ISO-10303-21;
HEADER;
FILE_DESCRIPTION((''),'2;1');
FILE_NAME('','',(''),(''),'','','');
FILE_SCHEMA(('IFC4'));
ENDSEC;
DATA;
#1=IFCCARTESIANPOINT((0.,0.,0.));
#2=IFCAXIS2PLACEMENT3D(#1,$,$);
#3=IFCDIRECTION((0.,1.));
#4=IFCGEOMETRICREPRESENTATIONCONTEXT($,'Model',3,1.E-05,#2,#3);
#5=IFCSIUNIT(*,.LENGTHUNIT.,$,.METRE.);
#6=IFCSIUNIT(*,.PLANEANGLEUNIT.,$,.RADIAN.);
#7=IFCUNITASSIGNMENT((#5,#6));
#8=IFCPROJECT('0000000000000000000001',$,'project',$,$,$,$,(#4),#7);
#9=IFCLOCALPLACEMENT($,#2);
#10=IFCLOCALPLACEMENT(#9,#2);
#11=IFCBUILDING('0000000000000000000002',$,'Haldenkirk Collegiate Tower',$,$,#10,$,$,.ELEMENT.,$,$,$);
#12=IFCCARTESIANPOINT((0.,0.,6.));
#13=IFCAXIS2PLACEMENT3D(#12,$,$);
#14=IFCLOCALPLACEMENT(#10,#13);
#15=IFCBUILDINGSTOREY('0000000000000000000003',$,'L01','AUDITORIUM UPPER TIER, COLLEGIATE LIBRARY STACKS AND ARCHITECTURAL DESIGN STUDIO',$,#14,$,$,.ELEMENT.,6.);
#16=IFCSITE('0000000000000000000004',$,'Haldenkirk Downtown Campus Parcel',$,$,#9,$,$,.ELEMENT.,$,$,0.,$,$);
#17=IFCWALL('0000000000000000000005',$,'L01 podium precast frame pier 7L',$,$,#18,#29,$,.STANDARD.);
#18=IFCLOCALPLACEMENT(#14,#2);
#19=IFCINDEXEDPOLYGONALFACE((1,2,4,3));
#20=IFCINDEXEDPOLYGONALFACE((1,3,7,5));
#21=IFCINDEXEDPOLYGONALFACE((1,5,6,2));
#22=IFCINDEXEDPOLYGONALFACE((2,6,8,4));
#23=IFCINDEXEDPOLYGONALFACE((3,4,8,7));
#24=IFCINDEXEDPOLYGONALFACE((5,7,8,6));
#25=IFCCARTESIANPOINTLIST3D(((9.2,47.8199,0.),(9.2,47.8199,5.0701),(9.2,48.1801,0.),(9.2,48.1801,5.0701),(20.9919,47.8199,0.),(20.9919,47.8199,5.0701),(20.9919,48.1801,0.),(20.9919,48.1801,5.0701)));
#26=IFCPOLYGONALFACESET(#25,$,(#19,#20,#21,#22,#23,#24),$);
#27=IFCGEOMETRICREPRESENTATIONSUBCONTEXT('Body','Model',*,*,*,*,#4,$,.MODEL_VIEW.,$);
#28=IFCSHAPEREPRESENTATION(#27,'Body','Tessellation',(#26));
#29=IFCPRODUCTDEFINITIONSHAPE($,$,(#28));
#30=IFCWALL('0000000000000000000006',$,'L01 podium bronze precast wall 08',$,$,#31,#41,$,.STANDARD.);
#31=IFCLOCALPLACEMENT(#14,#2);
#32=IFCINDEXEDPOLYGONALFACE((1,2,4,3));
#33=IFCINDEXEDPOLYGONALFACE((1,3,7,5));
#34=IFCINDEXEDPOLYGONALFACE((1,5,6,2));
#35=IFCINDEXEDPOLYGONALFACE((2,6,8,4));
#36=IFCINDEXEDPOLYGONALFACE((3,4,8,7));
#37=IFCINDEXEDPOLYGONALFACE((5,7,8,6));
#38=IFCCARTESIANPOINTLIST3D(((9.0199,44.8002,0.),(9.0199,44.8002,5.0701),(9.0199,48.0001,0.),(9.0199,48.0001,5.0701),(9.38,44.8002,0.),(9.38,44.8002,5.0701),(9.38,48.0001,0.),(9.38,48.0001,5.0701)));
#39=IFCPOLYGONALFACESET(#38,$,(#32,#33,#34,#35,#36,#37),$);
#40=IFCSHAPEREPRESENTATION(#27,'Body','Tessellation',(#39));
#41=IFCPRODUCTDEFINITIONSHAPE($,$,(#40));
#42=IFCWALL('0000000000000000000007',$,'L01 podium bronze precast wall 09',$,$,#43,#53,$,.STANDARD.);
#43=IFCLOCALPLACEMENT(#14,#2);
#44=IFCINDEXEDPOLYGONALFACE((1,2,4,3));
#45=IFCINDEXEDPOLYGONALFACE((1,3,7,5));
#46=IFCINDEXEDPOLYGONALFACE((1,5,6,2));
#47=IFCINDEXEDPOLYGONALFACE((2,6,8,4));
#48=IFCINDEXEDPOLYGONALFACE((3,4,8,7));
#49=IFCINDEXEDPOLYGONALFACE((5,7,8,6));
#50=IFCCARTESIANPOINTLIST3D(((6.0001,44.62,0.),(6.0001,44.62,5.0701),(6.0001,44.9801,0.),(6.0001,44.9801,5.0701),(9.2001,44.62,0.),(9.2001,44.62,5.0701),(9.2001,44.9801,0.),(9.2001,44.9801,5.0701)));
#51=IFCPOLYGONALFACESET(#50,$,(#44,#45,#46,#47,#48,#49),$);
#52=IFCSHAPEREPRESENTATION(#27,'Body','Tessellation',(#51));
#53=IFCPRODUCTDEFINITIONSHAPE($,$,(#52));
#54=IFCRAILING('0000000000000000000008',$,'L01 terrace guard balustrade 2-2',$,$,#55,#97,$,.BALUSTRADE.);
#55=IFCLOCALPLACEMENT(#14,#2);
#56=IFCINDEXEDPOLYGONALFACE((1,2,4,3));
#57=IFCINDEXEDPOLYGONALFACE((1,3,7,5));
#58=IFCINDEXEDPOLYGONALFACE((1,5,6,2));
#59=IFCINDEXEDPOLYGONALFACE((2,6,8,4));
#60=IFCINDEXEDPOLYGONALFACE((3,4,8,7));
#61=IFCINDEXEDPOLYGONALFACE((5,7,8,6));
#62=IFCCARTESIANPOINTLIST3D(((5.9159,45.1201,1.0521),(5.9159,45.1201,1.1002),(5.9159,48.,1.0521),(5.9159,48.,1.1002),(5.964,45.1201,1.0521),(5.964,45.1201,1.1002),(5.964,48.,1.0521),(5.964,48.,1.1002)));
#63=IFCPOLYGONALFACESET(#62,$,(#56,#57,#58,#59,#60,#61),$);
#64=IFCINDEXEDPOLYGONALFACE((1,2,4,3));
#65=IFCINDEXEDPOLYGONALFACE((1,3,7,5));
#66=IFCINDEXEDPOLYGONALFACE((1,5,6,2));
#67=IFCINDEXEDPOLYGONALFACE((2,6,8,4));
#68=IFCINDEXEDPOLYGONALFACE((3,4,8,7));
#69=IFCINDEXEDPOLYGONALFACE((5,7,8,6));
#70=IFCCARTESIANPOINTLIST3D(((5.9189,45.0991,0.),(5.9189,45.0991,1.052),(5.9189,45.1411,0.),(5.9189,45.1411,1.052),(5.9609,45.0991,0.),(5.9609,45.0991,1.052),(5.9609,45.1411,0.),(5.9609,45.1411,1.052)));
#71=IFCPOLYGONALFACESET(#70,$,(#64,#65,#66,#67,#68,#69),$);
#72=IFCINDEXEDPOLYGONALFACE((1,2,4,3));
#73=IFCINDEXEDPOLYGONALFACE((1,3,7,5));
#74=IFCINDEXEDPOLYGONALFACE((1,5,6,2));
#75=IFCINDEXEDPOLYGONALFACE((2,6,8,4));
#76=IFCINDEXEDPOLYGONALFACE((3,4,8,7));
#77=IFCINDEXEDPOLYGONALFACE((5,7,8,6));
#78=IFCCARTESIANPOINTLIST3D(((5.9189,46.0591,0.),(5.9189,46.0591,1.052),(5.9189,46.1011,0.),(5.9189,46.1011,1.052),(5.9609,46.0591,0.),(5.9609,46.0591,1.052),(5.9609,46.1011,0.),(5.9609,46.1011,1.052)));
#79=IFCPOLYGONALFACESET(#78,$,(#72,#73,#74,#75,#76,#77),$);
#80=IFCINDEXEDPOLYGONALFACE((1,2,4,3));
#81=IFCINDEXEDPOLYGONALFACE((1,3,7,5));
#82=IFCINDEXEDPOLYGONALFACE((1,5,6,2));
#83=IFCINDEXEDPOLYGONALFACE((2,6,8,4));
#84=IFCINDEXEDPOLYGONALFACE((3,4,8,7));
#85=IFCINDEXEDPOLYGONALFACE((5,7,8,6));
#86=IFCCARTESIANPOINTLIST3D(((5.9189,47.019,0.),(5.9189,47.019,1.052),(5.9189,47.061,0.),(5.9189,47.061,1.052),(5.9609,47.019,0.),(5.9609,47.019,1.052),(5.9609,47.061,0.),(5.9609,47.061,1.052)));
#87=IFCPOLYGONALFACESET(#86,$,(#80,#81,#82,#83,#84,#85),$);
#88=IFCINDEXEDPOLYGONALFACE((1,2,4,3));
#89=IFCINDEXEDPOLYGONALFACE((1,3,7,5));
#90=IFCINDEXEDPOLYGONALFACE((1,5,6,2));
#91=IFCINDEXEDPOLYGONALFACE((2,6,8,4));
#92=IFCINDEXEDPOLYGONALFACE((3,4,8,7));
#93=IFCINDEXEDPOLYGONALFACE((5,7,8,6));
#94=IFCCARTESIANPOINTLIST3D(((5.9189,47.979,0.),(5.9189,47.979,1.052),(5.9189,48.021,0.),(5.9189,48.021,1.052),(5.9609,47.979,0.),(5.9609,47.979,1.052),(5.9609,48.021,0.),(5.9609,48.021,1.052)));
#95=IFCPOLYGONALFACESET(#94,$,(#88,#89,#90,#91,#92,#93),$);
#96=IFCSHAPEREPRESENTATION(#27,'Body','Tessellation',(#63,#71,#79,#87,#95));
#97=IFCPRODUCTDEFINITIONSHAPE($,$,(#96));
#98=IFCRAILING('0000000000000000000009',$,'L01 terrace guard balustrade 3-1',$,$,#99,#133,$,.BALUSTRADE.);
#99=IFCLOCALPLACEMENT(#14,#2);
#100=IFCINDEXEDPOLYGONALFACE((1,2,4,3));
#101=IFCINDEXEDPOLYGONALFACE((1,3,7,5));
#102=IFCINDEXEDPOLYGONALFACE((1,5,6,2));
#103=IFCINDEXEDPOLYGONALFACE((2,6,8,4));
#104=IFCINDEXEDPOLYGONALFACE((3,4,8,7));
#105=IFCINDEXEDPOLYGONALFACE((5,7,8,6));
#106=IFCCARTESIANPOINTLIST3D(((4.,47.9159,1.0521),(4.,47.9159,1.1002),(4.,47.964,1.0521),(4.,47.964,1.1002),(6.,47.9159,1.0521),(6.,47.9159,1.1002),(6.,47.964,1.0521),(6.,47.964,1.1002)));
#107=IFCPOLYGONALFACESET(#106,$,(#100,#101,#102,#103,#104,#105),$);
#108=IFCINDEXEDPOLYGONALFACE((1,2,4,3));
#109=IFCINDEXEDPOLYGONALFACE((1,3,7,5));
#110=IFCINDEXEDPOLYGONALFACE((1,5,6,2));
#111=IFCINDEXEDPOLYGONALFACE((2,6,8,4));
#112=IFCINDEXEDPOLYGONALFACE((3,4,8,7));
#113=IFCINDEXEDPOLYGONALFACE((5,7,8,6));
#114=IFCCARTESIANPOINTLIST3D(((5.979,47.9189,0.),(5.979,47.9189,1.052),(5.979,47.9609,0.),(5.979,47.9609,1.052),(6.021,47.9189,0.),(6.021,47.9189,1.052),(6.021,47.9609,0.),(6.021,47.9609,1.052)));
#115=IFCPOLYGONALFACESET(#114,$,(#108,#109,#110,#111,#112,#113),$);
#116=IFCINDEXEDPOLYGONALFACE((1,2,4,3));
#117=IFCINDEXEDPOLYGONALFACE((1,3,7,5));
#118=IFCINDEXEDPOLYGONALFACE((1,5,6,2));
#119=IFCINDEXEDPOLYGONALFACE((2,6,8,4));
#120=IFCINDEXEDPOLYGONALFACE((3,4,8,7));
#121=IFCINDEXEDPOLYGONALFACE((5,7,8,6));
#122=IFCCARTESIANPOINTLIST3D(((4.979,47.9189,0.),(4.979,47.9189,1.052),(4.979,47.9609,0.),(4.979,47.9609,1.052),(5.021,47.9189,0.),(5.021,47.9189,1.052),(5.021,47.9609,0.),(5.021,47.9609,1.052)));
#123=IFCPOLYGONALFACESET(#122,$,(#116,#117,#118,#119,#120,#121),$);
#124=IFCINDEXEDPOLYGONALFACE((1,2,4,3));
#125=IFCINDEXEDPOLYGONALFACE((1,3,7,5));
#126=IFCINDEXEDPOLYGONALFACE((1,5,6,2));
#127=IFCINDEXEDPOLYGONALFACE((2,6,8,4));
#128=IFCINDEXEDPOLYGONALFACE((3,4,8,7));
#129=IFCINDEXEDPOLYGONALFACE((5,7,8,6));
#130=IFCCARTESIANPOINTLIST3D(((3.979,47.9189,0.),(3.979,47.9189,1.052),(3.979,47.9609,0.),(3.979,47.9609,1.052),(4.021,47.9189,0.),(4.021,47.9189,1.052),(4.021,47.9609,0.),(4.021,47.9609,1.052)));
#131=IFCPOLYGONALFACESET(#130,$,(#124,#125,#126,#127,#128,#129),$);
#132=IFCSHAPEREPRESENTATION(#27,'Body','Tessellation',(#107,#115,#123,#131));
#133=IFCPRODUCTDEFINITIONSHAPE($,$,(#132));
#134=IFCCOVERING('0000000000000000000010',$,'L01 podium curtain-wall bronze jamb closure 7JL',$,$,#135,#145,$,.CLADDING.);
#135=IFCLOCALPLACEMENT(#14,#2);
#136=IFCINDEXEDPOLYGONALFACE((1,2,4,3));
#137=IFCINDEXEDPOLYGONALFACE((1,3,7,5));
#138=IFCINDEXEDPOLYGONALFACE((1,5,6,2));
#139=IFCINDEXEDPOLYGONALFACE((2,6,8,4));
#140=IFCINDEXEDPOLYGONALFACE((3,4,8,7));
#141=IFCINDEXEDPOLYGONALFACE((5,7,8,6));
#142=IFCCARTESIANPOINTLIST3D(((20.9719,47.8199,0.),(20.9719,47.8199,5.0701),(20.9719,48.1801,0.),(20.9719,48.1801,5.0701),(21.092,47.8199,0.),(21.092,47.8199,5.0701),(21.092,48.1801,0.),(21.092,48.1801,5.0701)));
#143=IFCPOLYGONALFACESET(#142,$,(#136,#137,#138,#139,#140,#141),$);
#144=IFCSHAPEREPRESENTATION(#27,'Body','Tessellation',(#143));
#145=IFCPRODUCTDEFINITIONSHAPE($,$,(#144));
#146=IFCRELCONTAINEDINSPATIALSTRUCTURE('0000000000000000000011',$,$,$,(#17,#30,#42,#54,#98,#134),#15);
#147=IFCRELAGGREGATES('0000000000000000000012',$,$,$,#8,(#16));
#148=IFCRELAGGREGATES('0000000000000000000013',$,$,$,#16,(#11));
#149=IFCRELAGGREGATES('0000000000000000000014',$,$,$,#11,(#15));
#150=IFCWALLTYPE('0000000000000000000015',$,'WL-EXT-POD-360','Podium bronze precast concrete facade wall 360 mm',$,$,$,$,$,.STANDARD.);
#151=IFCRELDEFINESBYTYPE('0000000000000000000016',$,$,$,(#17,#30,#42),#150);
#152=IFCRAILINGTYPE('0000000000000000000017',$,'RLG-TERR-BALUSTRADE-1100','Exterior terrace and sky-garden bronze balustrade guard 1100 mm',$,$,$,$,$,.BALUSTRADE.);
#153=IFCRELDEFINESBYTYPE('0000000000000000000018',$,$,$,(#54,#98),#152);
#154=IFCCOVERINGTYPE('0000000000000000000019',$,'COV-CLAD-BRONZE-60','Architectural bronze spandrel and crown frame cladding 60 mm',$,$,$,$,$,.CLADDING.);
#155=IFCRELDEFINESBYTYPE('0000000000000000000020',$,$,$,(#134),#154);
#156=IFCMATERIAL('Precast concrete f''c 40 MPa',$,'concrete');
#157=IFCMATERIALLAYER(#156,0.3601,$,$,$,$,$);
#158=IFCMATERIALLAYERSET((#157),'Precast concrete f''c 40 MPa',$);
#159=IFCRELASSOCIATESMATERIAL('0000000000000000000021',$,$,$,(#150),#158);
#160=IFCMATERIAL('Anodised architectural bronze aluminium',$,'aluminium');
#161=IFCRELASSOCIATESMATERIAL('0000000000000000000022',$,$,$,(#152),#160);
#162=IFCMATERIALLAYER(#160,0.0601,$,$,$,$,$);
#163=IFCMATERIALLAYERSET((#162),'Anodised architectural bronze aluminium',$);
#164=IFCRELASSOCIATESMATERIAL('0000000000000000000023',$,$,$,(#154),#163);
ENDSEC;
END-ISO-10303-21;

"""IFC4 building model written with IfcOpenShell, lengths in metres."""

from ifc_helpers import new_model, si_unit, direction, frame, frame_2d, origin, origin_2d, place, context, subcontext, project, spatial, rectangle, extrude, source, transform, mapped, material, layer, layer_set, type_object, element, save


model = new_model("IFC4")

# Units and contexts
model_context = context("Model", 3, precision=1e-05, world=origin(), true_north=direction((0.0, 1.0)))
body_context = subcontext(model_context, "Body", "Model", "MODEL_VIEW")
ifc_project = project(units=[si_unit("LENGTHUNIT", "METRE"), si_unit("PLANEANGLEUNIT", "RADIAN")], contexts=[model_context])

# Site, building, storey
site_placement = place(None, origin())
site = spatial("IfcSite", under=ifc_project, at=site_placement, Name="Haldenkirk Downtown Campus Parcel", CompositionType="ELEMENT", RefElevation=0.0)
building_placement = place(site_placement, origin())
building = spatial("IfcBuilding", under=site, at=building_placement, Name="Haldenkirk Collegiate Tower", CompositionType="ELEMENT")
storey_placement = place(building_placement, frame((0.0, 0.0, 6.0)))
storey = spatial("IfcBuildingStorey", under=building, at=storey_placement, Name="L01", Description="AUDITORIUM UPPER TIER, COLLEGIATE LIBRARY STACKS AND ARCHITECTURAL DESIGN STUDIO", CompositionType="ELEMENT", Elevation=6.0)

# Shared definitions
ifc_material_1 = material(Name="Anodised architectural bronze aluminium", Category="aluminium")

# Walls
ifc_material_2 = material(Name="Precast concrete f'c 40 MPa", Category="concrete")
ifc_layer_1 = layer(ifc_material_2, 0.3601)
ifc_layer_set_1 = layer_set([ifc_layer_1], Name="Precast concrete f'c 40 MPa")
wall_type = type_object("IfcWallType", Name="WL-EXT-POD-360", Description="Podium bronze precast concrete facade wall 360 mm", PredefinedType="STANDARD", material=ifc_layer_set_1)
wall_placement = place(storey_placement, frame((9.2, 48.0, 0.0), z_axis=(0.0, 0.0, 1.0), x_axis=(1.0, 0.0, 0.0)))
element("IfcWall", 1, at=wall_placement, inside=storey, type_object=wall_type, Name="L01 podium precast frame pier 7L", PredefinedType="STANDARD", context=body_context, shape_type="SweptSolid", body=[
    extrude(rectangle(XDim=11.792, YDim=0.3601, at=frame_2d((5.896, 0.0))), origin(), (0.0, 0.0, 1.0), 5.0701),
])
for number, where, z_axis, x_axis, name in (
    (2, (9.2, 44.8, 0.0), (0.0, 0.0, 1.0), (0.0, 1.0, 0.0), "L01 podium bronze precast wall 08"),
    (3, (6.0, 44.8, 0.0), (0.0, 0.0, 1.0), (1.0, 0.0, 0.0), "L01 podium bronze precast wall 09"),
):
    element("IfcWall", number, at=place(storey_placement, frame(where, z_axis=z_axis, x_axis=x_axis)), inside=storey, type_object=wall_type, Name=name, PredefinedType="STANDARD", context=body_context, shape_type="SweptSolid", body=[
        extrude(rectangle(XDim=3.2, YDim=0.3601, at=frame_2d((1.6001, 0.0))), origin(), (0.0, 0.0, 1.0), 5.0701),
    ])

# Railings
railing_type = type_object("IfcRailingType", Name="RLG-TERR-BALUSTRADE-1100", Description="Exterior terrace and sky-garden bronze balustrade guard 1100 mm", PredefinedType="BALUSTRADE", material=ifc_material_1)
railing_1_placement = place(storey_placement, frame((5.9399, 45.1201, 0.0)))
element("IfcRailing", 4, at=railing_1_placement, inside=storey, type_object=railing_type, Name="L01 terrace guard balustrade 2-2", PredefinedType="BALUSTRADE", context=body_context, shape_type="SweptSolid", body=[
    extrude(rectangle(XDim=0.0481, YDim=0.0481, at=origin_2d()), frame((0.0, 0.0, 1.0762), z_axis=(0.0, 1.0, 0.0), x_axis=(-1.0, 0.0, 0.0)), (0.0, 0.0, 1.0), 2.8799),
    extrude(rectangle(XDim=0.042, YDim=0.042, at=origin_2d()), origin(), (0.0, 0.0, 1.0), 1.052),
    extrude(rectangle(XDim=0.042, YDim=0.042, at=origin_2d()), frame((0.0, 0.96, 0.0)), (0.0, 0.0, 1.0), 1.052),
    extrude(rectangle(XDim=0.042, YDim=0.042, at=origin_2d()), frame((0.0, 1.9199, 0.0)), (0.0, 0.0, 1.0), 1.052),
    extrude(rectangle(XDim=0.042, YDim=0.042, at=origin_2d()), frame((0.0, 2.8799, 0.0)), (0.0, 0.0, 1.0), 1.052),
])
railing_2_placement = place(storey_placement, frame((6.0, 47.9399, 0.0)))
element("IfcRailing", 5, at=railing_2_placement, inside=storey, type_object=railing_type, Name="L01 terrace guard balustrade 3-1", PredefinedType="BALUSTRADE", context=body_context, shape_type="SweptSolid", body=[
    extrude(rectangle(XDim=0.0481, YDim=0.0481, at=origin_2d()), frame((0.0, 0.0, 1.0762), z_axis=(-1.0, 0.0, 0.0), x_axis=(0.0, -1.0, 0.0)), (0.0, 0.0, 1.0), 2.0),
    extrude(rectangle(XDim=0.042, YDim=0.042, at=origin_2d()), origin(), (0.0, 0.0, 1.0), 1.052),
    extrude(rectangle(XDim=0.042, YDim=0.042, at=origin_2d()), frame((-1.0, 0.0, 0.0)), (0.0, 0.0, 1.0), 1.052),
    extrude(rectangle(XDim=0.042, YDim=0.042, at=origin_2d()), frame((-2.0, 0.0, 0.0)), (0.0, 0.0, 1.0), 1.052),
])

# Covering
ifc_layer_2 = layer(ifc_material_1, 0.0601)
ifc_layer_set_2 = layer_set([ifc_layer_2], Name="Anodised architectural bronze aluminium")
covering_type = type_object("IfcCoveringType", Name="COV-CLAD-BRONZE-60", Description="Architectural bronze spandrel and crown frame cladding 60 mm", PredefinedType="CLADDING", material=ifc_layer_set_2)
shared_shape = source(origin(), body_context, "Body", "SweptSolid", [
    extrude(rectangle(XDim=0.1201, YDim=0.3601, at=origin_2d()), origin(), (0.0, 0.0, 1.0), 5.0701),
])
covering_placement = place(storey_placement, frame((21.032, 48.0, 0.0), z_axis=(0.0, 0.0, 1.0), x_axis=(1.0, 0.0, 0.0)))
element("IfcCovering", 6, at=covering_placement, inside=storey, type_object=covering_type, Name="L01 podium curtain-wall bronze jamb closure 7JL", PredefinedType="CLADDING", context=body_context, shape_type="MappedRepresentation", body=[
    mapped(shared_shape, transform((0.0, 0.0, 0.0), x_axis=(1.0, 0.0, 0.0), y_axis=(0.0, 1.0, 0.0), z_axis=(0.0, 0.0, 1.0), scale=1.0)),
])

save(model, "model.ifc")
